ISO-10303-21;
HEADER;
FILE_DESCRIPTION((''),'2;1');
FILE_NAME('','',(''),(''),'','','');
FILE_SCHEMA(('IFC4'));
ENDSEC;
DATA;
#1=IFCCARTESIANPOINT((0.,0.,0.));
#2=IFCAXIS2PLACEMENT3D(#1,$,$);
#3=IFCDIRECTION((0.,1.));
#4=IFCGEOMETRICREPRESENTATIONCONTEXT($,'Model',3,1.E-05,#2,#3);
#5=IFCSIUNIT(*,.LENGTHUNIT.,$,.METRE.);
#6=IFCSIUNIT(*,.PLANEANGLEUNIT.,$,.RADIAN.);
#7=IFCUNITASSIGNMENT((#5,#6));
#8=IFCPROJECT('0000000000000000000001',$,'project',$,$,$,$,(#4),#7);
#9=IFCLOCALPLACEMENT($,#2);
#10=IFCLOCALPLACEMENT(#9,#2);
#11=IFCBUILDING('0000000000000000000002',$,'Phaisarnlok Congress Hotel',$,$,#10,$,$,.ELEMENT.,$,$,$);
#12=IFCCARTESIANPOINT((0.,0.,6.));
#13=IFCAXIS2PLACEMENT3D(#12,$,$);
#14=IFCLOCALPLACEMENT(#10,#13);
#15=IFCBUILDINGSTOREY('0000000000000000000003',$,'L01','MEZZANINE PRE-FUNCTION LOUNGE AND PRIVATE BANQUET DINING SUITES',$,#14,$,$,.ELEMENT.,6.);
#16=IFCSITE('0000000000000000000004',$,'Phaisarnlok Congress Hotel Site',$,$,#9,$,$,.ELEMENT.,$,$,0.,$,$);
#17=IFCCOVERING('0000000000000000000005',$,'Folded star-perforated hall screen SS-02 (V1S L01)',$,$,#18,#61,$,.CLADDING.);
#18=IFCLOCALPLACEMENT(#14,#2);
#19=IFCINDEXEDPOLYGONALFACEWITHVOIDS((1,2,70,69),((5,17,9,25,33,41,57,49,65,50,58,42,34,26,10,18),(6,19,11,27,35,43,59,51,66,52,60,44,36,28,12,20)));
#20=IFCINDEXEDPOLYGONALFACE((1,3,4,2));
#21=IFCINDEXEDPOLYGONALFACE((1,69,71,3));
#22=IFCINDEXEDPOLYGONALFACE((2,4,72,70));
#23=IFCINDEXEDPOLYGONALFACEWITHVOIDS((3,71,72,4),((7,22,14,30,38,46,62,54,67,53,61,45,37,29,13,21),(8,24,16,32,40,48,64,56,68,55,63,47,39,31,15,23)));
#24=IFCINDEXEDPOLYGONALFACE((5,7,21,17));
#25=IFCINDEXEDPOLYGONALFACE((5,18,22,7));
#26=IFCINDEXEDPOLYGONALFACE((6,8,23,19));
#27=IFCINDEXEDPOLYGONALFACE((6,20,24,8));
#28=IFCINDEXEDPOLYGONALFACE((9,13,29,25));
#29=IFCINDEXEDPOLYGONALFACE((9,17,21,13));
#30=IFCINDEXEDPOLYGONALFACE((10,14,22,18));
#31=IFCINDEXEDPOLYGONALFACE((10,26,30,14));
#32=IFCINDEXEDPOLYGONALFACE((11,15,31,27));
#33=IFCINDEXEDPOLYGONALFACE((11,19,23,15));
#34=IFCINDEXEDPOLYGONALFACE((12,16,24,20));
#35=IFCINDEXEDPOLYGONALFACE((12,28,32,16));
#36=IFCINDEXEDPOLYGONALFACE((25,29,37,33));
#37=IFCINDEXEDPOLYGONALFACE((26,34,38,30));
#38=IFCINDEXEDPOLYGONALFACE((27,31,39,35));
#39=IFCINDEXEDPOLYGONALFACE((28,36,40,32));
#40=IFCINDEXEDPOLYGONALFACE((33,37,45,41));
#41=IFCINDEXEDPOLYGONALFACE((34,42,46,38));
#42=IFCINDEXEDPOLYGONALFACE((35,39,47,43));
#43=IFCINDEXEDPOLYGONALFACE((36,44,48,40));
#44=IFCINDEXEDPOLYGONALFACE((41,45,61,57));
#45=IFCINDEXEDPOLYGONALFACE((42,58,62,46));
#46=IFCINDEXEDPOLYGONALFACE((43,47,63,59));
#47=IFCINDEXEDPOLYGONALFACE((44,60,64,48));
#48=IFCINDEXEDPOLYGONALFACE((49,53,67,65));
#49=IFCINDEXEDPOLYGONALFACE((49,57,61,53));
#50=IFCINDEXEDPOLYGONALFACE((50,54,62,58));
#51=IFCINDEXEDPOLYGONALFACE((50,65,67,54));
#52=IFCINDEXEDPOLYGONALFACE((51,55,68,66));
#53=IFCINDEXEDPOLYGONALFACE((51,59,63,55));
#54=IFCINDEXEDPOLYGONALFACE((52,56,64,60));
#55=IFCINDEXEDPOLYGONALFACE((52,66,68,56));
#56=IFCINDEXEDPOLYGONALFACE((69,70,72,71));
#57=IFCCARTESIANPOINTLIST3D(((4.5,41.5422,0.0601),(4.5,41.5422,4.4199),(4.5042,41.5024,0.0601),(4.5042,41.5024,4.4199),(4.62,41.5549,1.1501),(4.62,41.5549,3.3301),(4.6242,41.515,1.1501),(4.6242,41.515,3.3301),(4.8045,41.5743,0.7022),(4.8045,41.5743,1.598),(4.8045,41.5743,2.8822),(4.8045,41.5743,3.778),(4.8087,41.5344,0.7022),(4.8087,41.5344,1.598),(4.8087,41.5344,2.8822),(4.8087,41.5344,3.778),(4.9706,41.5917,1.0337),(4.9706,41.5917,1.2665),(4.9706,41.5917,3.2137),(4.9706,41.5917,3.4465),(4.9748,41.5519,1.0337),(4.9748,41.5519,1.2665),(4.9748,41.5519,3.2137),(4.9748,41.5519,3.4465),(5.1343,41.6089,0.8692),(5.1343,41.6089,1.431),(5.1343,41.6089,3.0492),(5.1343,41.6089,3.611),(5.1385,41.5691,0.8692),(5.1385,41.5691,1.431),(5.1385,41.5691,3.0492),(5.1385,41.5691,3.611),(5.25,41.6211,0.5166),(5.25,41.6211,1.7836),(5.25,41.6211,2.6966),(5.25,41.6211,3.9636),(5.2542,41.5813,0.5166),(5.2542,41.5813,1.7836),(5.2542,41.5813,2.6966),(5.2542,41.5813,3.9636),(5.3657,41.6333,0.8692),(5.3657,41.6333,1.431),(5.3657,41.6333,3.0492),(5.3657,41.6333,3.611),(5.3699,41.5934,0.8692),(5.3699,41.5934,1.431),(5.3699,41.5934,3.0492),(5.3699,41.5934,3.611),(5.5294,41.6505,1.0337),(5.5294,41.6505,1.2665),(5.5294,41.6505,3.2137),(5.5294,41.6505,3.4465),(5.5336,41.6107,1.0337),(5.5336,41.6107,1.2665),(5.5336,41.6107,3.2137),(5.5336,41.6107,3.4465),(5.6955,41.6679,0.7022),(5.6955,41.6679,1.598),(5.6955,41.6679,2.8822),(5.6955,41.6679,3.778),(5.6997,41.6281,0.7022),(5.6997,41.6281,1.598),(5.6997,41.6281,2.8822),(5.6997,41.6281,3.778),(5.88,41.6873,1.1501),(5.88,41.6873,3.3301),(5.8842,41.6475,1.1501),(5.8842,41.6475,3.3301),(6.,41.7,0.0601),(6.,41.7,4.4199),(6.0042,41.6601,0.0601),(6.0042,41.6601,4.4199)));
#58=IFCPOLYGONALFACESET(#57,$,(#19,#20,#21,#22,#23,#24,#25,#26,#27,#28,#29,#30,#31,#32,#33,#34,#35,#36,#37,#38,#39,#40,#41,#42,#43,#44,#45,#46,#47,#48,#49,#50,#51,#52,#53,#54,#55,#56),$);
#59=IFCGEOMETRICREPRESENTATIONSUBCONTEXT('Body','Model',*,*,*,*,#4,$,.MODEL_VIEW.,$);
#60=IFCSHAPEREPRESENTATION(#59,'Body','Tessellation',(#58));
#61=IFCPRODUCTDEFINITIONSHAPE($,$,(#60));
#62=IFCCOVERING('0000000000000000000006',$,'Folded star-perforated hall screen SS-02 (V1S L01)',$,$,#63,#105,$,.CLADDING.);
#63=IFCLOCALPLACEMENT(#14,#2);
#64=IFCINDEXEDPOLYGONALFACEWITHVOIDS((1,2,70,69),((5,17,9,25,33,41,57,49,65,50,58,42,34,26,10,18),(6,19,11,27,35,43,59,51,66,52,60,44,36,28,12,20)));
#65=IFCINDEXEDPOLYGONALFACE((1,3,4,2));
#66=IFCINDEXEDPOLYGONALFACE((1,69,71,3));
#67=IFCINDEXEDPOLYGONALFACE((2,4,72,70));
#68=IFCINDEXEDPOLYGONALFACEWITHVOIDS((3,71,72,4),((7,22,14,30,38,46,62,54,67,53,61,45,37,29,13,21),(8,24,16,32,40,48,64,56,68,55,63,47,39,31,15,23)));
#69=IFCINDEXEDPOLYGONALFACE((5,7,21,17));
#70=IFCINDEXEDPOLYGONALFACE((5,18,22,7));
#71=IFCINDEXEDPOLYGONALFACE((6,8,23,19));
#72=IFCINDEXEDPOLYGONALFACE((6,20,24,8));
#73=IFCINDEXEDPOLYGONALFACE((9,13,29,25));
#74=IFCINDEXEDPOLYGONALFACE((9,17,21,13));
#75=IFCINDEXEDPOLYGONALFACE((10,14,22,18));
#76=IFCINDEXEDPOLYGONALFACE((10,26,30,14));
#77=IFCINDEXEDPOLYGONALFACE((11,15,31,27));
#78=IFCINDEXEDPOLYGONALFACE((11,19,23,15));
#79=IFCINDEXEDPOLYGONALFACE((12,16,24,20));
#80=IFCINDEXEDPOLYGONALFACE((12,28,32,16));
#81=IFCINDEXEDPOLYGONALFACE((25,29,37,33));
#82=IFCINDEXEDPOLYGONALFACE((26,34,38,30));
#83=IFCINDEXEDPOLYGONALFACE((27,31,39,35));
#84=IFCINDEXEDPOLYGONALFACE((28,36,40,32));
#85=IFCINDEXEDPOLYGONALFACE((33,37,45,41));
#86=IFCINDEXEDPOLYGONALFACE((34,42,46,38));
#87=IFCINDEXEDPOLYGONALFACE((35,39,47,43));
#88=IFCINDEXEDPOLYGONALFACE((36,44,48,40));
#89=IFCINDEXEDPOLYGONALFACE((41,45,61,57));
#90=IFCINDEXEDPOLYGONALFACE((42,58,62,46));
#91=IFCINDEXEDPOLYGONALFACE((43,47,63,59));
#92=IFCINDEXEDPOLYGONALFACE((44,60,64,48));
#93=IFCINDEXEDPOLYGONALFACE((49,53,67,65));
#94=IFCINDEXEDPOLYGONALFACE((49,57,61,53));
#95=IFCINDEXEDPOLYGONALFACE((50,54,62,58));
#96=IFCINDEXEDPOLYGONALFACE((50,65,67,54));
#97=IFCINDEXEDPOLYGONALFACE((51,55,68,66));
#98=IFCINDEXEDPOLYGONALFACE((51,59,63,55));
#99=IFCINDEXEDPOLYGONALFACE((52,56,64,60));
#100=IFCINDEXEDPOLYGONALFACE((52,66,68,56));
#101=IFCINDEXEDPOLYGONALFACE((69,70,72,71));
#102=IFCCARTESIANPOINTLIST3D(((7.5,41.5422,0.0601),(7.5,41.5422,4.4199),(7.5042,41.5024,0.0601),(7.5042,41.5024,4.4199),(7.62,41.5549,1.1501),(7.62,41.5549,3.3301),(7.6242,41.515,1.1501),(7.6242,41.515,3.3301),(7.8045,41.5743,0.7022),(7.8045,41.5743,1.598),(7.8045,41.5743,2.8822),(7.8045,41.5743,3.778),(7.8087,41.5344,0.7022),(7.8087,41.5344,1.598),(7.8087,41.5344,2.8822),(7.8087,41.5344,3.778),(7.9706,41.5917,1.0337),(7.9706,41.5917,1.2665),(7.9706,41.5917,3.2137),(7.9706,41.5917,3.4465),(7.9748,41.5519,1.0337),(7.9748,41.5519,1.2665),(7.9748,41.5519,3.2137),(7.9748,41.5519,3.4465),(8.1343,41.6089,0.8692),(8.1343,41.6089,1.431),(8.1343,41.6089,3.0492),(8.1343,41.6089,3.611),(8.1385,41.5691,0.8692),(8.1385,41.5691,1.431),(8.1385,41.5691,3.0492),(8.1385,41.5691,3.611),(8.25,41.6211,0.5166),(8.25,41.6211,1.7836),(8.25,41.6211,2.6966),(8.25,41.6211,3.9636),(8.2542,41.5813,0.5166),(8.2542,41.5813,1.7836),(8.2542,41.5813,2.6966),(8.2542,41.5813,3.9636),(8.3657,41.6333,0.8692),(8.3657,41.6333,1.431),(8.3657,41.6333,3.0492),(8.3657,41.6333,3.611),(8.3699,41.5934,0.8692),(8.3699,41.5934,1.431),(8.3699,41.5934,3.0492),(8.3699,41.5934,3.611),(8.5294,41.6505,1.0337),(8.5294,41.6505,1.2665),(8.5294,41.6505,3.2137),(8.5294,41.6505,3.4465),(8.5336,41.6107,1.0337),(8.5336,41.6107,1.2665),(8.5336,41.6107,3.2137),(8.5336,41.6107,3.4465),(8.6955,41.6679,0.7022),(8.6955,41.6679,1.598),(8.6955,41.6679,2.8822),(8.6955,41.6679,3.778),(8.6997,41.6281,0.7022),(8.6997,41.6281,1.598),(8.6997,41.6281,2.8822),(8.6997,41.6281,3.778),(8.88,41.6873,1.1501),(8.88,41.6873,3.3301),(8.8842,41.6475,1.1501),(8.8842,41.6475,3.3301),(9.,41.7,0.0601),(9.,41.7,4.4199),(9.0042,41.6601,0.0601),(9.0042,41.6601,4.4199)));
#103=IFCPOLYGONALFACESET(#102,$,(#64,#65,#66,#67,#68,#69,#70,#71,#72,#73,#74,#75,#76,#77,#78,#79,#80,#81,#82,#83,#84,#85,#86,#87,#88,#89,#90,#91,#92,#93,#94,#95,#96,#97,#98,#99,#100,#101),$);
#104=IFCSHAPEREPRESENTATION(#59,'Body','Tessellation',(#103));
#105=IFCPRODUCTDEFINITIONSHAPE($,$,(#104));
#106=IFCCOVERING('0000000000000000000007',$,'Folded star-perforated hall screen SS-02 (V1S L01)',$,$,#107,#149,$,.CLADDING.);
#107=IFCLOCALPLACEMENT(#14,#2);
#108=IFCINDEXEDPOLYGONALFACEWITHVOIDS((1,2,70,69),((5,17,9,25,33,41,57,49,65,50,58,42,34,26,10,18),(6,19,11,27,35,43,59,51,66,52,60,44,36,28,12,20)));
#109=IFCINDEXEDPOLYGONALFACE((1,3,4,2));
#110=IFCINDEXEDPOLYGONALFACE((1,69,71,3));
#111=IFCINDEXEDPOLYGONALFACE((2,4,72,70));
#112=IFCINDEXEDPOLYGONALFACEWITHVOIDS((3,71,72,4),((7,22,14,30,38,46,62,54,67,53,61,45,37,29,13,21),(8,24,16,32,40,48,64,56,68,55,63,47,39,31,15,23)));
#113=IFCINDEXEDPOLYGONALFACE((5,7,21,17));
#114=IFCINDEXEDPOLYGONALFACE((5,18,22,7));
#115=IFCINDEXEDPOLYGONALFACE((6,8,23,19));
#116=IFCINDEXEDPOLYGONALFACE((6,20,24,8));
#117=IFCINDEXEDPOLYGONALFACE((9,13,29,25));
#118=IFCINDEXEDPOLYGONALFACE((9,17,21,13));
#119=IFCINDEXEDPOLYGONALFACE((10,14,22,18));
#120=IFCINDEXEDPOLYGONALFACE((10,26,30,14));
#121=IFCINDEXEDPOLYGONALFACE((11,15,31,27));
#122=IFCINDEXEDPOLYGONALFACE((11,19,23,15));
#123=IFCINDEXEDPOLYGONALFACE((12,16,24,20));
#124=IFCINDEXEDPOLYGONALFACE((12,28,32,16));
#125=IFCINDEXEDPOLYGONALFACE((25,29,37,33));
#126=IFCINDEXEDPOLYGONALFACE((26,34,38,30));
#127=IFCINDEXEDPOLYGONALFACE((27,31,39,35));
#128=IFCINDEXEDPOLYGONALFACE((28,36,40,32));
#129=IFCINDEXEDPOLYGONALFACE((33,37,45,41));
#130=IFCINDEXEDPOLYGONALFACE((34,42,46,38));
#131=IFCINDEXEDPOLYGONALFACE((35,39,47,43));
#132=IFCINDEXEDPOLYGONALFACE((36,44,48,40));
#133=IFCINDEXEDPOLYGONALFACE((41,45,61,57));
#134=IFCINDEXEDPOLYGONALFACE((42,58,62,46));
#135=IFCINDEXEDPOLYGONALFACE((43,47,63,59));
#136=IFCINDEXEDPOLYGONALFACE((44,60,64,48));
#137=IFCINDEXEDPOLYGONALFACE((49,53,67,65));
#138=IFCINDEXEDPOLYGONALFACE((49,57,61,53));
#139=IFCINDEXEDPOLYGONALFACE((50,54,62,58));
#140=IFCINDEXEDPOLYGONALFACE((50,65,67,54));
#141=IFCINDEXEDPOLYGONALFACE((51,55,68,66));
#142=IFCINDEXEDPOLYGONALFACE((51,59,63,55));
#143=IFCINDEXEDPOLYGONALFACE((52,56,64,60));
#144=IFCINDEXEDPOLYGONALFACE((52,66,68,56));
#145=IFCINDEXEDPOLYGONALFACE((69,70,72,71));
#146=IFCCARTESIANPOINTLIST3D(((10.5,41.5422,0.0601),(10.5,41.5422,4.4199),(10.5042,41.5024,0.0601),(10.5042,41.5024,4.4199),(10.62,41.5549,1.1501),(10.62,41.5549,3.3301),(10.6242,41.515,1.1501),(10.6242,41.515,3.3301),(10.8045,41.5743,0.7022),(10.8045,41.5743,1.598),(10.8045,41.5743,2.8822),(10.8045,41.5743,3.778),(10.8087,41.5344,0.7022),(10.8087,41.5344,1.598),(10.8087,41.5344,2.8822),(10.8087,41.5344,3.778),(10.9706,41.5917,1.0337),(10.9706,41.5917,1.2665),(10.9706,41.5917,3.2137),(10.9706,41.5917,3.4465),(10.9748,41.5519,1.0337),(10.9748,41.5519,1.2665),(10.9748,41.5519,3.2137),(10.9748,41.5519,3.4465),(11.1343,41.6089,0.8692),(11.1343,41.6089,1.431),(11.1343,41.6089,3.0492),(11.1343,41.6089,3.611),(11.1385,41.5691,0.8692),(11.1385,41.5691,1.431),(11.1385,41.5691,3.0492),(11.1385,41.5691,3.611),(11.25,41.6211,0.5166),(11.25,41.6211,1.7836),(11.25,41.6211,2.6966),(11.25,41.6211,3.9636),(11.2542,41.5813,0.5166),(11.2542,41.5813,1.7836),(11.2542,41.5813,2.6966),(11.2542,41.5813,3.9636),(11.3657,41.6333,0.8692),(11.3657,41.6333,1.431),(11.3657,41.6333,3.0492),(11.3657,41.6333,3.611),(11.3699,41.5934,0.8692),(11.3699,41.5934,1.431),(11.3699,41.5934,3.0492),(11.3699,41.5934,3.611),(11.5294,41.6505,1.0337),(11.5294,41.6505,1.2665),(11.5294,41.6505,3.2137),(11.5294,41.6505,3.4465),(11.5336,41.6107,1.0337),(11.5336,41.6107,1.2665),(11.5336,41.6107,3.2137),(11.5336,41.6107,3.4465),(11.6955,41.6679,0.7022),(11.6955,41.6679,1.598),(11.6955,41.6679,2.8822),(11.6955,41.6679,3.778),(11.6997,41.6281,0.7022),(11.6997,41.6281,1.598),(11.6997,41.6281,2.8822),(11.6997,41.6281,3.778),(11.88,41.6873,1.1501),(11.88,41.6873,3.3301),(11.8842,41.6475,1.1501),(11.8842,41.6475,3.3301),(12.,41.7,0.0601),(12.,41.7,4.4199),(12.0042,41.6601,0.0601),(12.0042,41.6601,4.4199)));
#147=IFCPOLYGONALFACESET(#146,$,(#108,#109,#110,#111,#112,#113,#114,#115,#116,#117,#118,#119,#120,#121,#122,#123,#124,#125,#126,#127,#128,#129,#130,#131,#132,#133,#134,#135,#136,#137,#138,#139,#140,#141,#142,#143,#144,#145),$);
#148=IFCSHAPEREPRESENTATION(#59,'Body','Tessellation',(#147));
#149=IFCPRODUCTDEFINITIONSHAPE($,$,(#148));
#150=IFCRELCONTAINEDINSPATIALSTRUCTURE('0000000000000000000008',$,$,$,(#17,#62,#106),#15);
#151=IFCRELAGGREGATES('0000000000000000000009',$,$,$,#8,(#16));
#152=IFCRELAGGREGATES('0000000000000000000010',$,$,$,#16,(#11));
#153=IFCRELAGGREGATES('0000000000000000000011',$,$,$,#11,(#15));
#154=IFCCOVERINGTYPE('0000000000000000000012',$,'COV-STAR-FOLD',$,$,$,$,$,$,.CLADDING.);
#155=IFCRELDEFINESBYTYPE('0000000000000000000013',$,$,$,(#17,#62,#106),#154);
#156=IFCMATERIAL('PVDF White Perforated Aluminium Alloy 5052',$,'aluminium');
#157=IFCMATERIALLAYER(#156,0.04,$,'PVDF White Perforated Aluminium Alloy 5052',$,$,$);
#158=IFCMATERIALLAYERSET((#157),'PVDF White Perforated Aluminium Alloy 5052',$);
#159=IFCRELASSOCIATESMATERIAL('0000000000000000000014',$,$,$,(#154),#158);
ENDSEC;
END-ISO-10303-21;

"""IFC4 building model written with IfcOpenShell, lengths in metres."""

from ifc_helpers import new_model, si_unit, direction, frame, origin, place, context, subcontext, project, spatial, polyline, outline, extrude, material, layer, layer_set, type_object, element, save


model = new_model("IFC4")

# Units and contexts
model_context = context("Model", 3, precision=1e-05, world=origin(), true_north=direction((0.0, 1.0)))
body_context = subcontext(model_context, "Body", "Model", "MODEL_VIEW")
ifc_project = project(units=[si_unit("LENGTHUNIT", "METRE"), si_unit("PLANEANGLEUNIT", "RADIAN")], contexts=[model_context])

# Site, building, storey
site_placement = place(None, origin())
site = spatial("IfcSite", under=ifc_project, at=site_placement, Name="Phaisarnlok Congress Hotel Site", CompositionType="ELEMENT", RefElevation=0.0)
building_placement = place(site_placement, origin())
building = spatial("IfcBuilding", under=site, at=building_placement, Name="Phaisarnlok Congress Hotel", CompositionType="ELEMENT")
storey_placement = place(building_placement, frame((0.0, 0.0, 6.0)))
storey = spatial("IfcBuildingStorey", under=building, at=storey_placement, Name="L01", Description="MEZZANINE PRE-FUNCTION LOUNGE AND PRIVATE BANQUET DINING SUITES", CompositionType="ELEMENT", Elevation=6.0)

# Coverings
ifc_material_1 = material(Name="PVDF White Perforated Aluminium Alloy 5052", Category="aluminium")
ifc_layer_1 = layer(ifc_material_1, 0.04, Name="PVDF White Perforated Aluminium Alloy 5052")
ifc_layer_set_1 = layer_set([ifc_layer_1], Name="PVDF White Perforated Aluminium Alloy 5052")
covering_type_1 = type_object("IfcCoveringType", Name="COV-STAR-FOLD", PredefinedType="CLADDING", material=ifc_layer_set_1)
for number, where, z_axis, x_axis, name in (
    (1, (4.5, 41.5422, 0.0601), (0.104567, -0.994518, 0.0), (0.994518, 0.104567, 0.0), "Folded star-perforated hall screen SS-02 (V1S L01)"),
    (2, (7.5, 41.5422, 0.0601), (0.104567, -0.994518, 0.0), (0.994518, 0.104567, 0.0), "Folded star-perforated hall screen SS-02 (V1S L01)"),
    (3, (10.5, 41.5422, 0.0601), (0.104567, -0.994518, 0.0), (0.994518, 0.104567, 0.0), "Folded star-perforated hall screen SS-02 (V1S L01)"),
):
    element("IfcCovering", number, at=place(storey_placement, frame(where, z_axis=z_axis, x_axis=x_axis)), inside=storey, type_object=covering_type_1, Name=name, PredefinedType="CLADDING", context=body_context, shape_type="SweptSolid", body=[
        extrude(outline(polyline([(0.0, 0.0), (1.5083, 0.0), (1.5083, 4.3599), (0.0, 4.3599), (0.0, 0.0)]), holes=[polyline([(1.0351, 0.9736), (1.2021, 0.6421), (0.8705, 0.8091), (0.7541, 0.4565), (0.6378, 0.8091), (0.3062, 0.6421), (0.4732, 0.9736), (0.1207, 1.09), (0.4732, 1.2064), (0.3062, 1.5379), (0.6378, 1.3709), (0.7541, 1.7235), (0.8705, 1.3709), (1.2021, 1.5379), (1.0351, 1.2064), (1.3876, 1.09), (1.0351, 0.9736)]), polyline([(1.0351, 3.1536), (1.2021, 2.8221), (0.8705, 2.9891), (0.7541, 2.6365), (0.6378, 2.9891), (0.3062, 2.8221), (0.4732, 3.1536), (0.1207, 3.27), (0.4732, 3.3864), (0.3062, 3.7179), (0.6378, 3.5509), (0.7541, 3.9035), (0.8705, 3.5509), (1.2021, 3.7179), (1.0351, 3.3864), (1.3876, 3.27), (1.0351, 3.1536)])]), origin(), (0.0, 0.0, 1.0), 0.04),
    ])

save(model, "model.ifc")
